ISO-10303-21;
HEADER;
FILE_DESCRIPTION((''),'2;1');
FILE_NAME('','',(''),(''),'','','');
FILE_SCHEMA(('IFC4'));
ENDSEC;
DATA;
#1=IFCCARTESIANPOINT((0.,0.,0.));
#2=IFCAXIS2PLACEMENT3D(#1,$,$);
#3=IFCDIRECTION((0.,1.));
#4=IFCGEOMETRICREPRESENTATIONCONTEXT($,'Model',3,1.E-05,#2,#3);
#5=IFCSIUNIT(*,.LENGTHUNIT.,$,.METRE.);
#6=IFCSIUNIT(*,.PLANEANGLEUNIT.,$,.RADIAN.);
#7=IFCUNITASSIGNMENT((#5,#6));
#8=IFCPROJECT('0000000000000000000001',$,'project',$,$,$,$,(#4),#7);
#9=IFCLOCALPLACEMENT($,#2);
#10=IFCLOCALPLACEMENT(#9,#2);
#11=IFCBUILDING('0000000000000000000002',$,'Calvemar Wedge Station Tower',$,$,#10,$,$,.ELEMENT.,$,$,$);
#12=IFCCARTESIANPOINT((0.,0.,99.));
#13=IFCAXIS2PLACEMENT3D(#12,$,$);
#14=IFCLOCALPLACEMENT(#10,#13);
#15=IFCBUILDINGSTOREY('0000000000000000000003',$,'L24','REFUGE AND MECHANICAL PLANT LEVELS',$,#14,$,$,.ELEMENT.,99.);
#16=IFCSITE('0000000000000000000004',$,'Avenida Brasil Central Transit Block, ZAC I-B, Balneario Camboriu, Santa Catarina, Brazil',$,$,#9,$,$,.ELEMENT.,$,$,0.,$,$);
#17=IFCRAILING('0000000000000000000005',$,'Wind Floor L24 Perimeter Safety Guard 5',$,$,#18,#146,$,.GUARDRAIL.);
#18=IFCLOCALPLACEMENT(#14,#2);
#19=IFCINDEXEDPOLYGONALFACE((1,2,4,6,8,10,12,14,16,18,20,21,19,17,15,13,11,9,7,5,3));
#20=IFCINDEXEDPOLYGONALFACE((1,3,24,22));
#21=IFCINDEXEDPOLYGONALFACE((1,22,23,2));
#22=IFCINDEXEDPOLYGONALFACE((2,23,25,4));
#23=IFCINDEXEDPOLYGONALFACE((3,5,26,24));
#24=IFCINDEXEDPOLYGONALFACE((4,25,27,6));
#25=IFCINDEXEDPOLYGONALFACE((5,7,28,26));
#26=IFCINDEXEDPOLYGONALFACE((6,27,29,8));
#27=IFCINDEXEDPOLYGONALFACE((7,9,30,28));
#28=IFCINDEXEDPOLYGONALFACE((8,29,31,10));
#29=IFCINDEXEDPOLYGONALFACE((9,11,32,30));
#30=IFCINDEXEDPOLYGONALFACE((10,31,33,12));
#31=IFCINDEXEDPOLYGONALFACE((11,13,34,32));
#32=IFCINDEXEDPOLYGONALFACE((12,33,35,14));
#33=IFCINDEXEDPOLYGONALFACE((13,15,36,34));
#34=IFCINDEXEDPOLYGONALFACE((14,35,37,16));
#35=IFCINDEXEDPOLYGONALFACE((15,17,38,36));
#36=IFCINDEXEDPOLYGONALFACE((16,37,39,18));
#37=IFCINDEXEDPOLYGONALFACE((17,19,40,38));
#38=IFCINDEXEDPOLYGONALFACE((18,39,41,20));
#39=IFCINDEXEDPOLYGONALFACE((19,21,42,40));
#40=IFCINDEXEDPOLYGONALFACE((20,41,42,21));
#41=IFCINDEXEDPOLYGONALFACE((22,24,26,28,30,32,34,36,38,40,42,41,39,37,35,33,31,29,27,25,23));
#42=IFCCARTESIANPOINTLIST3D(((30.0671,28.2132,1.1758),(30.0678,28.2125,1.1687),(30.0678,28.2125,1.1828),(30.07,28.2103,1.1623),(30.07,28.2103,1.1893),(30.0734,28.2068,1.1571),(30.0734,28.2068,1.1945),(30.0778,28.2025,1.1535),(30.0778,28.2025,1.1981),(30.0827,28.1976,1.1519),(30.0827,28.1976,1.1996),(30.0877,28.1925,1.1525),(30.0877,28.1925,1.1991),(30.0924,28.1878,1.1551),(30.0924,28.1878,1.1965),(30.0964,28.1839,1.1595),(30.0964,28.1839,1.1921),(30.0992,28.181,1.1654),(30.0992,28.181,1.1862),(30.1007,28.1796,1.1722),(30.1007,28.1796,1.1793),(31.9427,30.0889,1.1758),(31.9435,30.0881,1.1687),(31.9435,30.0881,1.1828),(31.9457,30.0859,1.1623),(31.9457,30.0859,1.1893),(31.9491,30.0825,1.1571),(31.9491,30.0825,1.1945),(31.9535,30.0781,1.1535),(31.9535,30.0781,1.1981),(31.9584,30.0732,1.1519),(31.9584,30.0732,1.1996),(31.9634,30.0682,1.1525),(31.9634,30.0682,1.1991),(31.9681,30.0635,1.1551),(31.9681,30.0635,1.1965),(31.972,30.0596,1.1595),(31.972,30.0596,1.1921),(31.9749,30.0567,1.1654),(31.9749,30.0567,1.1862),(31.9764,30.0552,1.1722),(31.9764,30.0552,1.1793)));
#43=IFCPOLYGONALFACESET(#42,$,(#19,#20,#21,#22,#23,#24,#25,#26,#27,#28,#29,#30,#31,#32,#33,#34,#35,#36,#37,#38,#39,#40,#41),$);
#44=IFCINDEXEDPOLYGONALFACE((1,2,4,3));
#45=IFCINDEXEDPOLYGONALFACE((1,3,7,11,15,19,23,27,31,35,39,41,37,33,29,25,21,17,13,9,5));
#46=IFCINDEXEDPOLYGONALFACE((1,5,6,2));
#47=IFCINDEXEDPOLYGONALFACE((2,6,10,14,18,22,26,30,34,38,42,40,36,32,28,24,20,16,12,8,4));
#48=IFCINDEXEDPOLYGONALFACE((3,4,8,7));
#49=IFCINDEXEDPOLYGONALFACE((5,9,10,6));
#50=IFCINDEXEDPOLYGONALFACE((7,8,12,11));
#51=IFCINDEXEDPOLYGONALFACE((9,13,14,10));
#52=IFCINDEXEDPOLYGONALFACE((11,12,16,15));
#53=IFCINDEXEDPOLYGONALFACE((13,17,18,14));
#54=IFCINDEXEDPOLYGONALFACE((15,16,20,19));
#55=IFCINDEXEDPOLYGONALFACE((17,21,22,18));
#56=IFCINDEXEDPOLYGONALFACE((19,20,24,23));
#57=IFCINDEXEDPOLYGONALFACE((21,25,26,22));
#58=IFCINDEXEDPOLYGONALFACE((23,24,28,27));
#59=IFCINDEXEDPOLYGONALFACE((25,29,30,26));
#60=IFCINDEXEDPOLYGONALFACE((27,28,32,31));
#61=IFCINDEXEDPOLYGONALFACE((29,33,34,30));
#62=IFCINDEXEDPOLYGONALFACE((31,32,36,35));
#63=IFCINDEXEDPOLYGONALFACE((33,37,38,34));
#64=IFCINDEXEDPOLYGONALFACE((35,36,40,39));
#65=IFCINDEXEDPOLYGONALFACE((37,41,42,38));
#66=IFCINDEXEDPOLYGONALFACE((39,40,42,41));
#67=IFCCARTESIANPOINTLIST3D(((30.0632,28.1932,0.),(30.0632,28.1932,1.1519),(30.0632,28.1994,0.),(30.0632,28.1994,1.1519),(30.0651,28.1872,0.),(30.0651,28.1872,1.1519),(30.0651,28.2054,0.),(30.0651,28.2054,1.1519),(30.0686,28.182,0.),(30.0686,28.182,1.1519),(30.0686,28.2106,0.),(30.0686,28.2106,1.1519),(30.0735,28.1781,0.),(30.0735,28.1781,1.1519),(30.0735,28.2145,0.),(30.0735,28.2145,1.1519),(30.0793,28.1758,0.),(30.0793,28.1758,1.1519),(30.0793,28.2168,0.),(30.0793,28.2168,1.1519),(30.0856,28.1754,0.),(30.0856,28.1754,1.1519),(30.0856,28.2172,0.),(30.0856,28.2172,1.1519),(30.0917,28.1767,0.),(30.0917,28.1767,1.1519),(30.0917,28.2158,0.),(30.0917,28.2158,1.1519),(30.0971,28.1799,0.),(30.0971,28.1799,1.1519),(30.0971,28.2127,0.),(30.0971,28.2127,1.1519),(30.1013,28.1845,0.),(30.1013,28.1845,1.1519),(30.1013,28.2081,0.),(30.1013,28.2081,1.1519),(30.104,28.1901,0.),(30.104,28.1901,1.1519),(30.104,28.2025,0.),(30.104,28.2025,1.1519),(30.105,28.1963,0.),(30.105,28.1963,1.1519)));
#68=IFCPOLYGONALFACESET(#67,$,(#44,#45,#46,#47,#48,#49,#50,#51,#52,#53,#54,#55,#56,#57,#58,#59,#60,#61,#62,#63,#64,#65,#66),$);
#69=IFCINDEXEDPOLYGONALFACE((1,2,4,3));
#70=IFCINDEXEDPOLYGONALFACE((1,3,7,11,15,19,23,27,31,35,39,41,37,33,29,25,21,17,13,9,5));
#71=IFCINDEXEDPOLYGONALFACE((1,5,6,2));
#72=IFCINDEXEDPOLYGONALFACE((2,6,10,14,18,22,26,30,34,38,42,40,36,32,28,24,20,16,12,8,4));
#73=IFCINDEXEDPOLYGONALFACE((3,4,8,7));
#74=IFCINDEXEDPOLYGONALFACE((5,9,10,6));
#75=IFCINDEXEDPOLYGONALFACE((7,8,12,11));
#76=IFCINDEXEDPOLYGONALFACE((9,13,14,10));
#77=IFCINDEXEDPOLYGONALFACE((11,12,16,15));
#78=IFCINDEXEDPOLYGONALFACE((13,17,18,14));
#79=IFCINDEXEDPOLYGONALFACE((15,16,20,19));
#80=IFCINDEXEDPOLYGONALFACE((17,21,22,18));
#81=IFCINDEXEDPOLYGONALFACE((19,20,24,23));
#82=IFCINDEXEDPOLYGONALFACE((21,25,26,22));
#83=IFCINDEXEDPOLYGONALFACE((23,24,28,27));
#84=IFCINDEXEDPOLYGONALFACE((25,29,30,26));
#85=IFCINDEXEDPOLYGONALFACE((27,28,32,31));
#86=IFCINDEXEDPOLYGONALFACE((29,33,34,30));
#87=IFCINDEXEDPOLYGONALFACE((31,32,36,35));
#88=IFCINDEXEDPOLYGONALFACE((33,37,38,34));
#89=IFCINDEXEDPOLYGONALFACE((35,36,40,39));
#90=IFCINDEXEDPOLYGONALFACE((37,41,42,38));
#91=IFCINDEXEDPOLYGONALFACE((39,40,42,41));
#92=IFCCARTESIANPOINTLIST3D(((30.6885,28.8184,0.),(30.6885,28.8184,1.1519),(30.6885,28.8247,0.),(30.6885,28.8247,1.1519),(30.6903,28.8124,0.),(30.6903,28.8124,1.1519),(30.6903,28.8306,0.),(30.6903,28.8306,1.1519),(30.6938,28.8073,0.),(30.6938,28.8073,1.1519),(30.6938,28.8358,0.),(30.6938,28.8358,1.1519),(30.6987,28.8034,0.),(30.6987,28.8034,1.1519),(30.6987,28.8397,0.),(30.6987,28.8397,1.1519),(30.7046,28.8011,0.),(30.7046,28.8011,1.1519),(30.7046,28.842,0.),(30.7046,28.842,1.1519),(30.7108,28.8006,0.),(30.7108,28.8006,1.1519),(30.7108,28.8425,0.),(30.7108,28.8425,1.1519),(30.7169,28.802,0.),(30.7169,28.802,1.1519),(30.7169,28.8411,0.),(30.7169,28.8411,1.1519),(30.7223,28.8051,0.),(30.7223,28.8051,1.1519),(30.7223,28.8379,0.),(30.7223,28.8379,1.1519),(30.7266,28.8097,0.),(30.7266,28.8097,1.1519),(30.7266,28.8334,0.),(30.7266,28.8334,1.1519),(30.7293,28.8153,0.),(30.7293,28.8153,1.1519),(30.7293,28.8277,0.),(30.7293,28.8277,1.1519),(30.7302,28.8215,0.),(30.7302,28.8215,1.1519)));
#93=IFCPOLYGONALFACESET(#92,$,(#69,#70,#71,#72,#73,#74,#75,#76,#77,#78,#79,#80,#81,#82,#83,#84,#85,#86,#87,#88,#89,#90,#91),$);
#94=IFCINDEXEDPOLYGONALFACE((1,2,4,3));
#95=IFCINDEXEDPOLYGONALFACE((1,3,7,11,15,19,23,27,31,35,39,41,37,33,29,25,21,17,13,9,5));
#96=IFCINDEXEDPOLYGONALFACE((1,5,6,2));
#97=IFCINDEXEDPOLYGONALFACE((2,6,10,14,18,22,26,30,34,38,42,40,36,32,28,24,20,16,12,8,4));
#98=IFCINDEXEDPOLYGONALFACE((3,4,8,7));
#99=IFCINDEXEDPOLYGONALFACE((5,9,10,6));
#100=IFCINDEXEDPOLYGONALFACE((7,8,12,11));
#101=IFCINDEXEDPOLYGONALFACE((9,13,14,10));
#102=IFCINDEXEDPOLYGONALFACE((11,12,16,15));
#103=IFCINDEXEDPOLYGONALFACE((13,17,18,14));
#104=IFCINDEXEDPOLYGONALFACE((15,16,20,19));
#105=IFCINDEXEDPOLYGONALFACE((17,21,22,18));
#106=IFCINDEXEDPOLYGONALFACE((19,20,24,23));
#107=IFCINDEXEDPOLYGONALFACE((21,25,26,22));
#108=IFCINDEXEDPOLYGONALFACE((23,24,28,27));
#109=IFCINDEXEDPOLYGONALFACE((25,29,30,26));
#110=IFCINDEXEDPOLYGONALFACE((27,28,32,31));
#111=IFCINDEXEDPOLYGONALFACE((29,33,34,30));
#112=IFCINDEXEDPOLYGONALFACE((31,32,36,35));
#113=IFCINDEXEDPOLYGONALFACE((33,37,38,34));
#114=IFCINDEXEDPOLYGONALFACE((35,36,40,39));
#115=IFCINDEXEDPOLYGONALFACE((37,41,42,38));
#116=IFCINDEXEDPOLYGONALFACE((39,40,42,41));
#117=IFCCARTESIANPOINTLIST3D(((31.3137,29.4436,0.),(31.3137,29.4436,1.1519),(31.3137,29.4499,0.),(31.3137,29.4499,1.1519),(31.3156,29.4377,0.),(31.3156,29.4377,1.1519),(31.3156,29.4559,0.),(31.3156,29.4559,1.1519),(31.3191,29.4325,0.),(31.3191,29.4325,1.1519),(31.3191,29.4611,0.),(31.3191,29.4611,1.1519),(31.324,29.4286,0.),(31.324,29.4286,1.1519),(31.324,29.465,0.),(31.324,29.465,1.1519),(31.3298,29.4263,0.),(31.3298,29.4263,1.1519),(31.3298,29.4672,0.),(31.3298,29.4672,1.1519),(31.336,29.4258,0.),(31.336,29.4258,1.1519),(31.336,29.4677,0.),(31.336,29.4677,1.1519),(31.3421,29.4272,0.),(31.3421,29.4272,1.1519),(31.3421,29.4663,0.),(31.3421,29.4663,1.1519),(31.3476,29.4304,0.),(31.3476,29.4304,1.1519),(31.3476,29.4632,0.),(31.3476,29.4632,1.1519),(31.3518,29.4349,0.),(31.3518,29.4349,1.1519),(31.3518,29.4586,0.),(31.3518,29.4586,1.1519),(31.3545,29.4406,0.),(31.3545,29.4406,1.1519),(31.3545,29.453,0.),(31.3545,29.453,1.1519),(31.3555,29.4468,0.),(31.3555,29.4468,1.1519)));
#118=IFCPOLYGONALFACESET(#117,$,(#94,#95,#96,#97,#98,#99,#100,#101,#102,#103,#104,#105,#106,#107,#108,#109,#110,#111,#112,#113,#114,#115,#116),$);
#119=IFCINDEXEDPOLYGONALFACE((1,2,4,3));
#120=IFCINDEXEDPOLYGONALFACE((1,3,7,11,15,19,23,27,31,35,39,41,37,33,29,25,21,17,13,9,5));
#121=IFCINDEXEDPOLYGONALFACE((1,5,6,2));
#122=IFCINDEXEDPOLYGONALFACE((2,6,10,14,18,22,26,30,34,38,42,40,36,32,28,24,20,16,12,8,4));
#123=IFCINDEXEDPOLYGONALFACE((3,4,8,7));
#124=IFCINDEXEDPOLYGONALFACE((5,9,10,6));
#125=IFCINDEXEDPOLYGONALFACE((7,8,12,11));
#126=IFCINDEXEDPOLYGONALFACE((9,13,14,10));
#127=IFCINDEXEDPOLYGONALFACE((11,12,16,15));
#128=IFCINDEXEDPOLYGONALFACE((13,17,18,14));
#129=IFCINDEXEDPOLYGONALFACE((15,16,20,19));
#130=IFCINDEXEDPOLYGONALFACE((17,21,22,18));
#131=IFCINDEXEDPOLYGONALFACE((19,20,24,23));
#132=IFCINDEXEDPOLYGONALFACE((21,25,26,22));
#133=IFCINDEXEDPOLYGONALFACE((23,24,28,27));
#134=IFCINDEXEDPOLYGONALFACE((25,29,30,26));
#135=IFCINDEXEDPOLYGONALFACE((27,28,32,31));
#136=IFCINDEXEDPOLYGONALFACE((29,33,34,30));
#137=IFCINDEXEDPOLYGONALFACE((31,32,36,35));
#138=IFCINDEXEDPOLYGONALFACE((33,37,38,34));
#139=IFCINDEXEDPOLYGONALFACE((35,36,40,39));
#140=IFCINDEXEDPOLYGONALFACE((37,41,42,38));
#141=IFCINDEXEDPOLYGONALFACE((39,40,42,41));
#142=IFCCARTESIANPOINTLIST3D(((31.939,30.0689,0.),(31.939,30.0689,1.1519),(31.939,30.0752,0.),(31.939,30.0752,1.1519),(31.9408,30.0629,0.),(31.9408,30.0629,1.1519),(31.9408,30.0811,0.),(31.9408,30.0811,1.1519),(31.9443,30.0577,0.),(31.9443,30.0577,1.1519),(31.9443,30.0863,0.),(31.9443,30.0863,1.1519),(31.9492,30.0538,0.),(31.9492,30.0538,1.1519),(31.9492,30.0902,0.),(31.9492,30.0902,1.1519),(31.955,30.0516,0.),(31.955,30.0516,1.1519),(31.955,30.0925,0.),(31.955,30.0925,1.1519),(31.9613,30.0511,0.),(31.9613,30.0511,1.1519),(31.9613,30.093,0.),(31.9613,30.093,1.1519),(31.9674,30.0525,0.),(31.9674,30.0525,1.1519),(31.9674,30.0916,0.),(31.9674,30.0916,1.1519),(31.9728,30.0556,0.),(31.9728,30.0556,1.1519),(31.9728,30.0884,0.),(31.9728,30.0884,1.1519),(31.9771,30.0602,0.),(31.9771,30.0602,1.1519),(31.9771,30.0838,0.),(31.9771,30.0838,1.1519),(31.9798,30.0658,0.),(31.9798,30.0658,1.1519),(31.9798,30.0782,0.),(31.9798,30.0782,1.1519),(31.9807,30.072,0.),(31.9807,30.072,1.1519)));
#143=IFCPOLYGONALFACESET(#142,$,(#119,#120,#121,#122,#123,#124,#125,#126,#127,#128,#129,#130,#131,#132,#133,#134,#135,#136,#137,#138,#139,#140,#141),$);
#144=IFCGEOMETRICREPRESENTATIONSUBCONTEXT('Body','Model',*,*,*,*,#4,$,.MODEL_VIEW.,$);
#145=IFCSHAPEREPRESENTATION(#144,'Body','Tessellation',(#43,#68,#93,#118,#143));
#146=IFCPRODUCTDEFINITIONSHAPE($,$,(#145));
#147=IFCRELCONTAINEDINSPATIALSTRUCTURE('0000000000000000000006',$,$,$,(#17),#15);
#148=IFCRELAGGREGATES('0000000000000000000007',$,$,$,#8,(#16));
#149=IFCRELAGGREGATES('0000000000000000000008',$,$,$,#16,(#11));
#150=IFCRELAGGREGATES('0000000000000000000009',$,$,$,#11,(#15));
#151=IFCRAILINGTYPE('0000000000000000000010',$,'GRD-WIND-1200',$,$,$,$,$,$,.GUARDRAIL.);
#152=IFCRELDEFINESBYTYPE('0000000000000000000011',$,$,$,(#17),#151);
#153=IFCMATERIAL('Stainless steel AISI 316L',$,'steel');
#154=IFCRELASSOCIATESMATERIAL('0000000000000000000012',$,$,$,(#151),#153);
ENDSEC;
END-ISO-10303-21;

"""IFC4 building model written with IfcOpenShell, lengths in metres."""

from ifc_helpers import new_model, si_unit, direction, frame, origin, origin_2d, place, context, subcontext, project, spatial, circle, extrude, material, type_object, element, save


model = new_model("IFC4")

# Units and contexts
model_context = context("Model", 3, precision=1e-05, world=origin(), true_north=direction((0.0, 1.0)))
body_context = subcontext(model_context, "Body", "Model", "MODEL_VIEW")
ifc_project = project(units=[si_unit("LENGTHUNIT", "METRE"), si_unit("PLANEANGLEUNIT", "RADIAN")], contexts=[model_context])

# Site, building, storey
site_placement = place(None, origin())
site = spatial("IfcSite", under=ifc_project, at=site_placement, Name="Avenida Brasil Central Transit Block, ZAC I-B, Balneario Camboriu, Santa Catarina, Brazil", CompositionType="ELEMENT", RefElevation=0.0)
building_placement = place(site_placement, origin())
building = spatial("IfcBuilding", under=site, at=building_placement, Name="Calvemar Wedge Station Tower", CompositionType="ELEMENT")
storey_placement = place(building_placement, frame((0.0, 0.0, 99.0)))
storey = spatial("IfcBuildingStorey", under=building, at=storey_placement, Name="L24", Description="REFUGE AND MECHANICAL PLANT LEVELS", CompositionType="ELEMENT", Elevation=99.0)

# Railing
ifc_material_1 = material(Name="Stainless steel AISI 316L", Category="steel")
railing_type = type_object("IfcRailingType", Name="GRD-WIND-1200", PredefinedType="GUARDRAIL", material=ifc_material_1)
railing_1_placement = place(storey_placement, frame((30.084, 28.1963, 0.0)))
element("IfcRailing", 1, at=railing_1_placement, inside=storey, type_object=railing_type, Name="Wind Floor L24 Perimeter Safety Guard 5", PredefinedType="GUARDRAIL", context=body_context, shape_type="SweptSolid", body=[
    extrude(circle(Radius=0.0239, at=origin_2d()), frame((0.0, 0.0, 1.1758), z_axis=(0.707107, 0.707107, 0.0), x_axis=(-0.707107, 0.707107, 0.0)), (0.0, 0.0, 1.0), 2.6526),
    extrude(circle(Radius=0.021, at=origin_2d()), origin(), (0.0, 0.0, 1.0), 1.1519),
    extrude(circle(Radius=0.021, at=origin_2d()), frame((0.6252, 0.6252, 0.0)), (0.0, 0.0, 1.0), 1.1519),
    extrude(circle(Radius=0.021, at=origin_2d()), frame((1.2505, 1.2505, 0.0)), (0.0, 0.0, 1.0), 1.1519),
    extrude(circle(Radius=0.021, at=origin_2d()), frame((1.8757, 1.8757, 0.0)), (0.0, 0.0, 1.0), 1.1519),
])

save(model, "model.ifc")
